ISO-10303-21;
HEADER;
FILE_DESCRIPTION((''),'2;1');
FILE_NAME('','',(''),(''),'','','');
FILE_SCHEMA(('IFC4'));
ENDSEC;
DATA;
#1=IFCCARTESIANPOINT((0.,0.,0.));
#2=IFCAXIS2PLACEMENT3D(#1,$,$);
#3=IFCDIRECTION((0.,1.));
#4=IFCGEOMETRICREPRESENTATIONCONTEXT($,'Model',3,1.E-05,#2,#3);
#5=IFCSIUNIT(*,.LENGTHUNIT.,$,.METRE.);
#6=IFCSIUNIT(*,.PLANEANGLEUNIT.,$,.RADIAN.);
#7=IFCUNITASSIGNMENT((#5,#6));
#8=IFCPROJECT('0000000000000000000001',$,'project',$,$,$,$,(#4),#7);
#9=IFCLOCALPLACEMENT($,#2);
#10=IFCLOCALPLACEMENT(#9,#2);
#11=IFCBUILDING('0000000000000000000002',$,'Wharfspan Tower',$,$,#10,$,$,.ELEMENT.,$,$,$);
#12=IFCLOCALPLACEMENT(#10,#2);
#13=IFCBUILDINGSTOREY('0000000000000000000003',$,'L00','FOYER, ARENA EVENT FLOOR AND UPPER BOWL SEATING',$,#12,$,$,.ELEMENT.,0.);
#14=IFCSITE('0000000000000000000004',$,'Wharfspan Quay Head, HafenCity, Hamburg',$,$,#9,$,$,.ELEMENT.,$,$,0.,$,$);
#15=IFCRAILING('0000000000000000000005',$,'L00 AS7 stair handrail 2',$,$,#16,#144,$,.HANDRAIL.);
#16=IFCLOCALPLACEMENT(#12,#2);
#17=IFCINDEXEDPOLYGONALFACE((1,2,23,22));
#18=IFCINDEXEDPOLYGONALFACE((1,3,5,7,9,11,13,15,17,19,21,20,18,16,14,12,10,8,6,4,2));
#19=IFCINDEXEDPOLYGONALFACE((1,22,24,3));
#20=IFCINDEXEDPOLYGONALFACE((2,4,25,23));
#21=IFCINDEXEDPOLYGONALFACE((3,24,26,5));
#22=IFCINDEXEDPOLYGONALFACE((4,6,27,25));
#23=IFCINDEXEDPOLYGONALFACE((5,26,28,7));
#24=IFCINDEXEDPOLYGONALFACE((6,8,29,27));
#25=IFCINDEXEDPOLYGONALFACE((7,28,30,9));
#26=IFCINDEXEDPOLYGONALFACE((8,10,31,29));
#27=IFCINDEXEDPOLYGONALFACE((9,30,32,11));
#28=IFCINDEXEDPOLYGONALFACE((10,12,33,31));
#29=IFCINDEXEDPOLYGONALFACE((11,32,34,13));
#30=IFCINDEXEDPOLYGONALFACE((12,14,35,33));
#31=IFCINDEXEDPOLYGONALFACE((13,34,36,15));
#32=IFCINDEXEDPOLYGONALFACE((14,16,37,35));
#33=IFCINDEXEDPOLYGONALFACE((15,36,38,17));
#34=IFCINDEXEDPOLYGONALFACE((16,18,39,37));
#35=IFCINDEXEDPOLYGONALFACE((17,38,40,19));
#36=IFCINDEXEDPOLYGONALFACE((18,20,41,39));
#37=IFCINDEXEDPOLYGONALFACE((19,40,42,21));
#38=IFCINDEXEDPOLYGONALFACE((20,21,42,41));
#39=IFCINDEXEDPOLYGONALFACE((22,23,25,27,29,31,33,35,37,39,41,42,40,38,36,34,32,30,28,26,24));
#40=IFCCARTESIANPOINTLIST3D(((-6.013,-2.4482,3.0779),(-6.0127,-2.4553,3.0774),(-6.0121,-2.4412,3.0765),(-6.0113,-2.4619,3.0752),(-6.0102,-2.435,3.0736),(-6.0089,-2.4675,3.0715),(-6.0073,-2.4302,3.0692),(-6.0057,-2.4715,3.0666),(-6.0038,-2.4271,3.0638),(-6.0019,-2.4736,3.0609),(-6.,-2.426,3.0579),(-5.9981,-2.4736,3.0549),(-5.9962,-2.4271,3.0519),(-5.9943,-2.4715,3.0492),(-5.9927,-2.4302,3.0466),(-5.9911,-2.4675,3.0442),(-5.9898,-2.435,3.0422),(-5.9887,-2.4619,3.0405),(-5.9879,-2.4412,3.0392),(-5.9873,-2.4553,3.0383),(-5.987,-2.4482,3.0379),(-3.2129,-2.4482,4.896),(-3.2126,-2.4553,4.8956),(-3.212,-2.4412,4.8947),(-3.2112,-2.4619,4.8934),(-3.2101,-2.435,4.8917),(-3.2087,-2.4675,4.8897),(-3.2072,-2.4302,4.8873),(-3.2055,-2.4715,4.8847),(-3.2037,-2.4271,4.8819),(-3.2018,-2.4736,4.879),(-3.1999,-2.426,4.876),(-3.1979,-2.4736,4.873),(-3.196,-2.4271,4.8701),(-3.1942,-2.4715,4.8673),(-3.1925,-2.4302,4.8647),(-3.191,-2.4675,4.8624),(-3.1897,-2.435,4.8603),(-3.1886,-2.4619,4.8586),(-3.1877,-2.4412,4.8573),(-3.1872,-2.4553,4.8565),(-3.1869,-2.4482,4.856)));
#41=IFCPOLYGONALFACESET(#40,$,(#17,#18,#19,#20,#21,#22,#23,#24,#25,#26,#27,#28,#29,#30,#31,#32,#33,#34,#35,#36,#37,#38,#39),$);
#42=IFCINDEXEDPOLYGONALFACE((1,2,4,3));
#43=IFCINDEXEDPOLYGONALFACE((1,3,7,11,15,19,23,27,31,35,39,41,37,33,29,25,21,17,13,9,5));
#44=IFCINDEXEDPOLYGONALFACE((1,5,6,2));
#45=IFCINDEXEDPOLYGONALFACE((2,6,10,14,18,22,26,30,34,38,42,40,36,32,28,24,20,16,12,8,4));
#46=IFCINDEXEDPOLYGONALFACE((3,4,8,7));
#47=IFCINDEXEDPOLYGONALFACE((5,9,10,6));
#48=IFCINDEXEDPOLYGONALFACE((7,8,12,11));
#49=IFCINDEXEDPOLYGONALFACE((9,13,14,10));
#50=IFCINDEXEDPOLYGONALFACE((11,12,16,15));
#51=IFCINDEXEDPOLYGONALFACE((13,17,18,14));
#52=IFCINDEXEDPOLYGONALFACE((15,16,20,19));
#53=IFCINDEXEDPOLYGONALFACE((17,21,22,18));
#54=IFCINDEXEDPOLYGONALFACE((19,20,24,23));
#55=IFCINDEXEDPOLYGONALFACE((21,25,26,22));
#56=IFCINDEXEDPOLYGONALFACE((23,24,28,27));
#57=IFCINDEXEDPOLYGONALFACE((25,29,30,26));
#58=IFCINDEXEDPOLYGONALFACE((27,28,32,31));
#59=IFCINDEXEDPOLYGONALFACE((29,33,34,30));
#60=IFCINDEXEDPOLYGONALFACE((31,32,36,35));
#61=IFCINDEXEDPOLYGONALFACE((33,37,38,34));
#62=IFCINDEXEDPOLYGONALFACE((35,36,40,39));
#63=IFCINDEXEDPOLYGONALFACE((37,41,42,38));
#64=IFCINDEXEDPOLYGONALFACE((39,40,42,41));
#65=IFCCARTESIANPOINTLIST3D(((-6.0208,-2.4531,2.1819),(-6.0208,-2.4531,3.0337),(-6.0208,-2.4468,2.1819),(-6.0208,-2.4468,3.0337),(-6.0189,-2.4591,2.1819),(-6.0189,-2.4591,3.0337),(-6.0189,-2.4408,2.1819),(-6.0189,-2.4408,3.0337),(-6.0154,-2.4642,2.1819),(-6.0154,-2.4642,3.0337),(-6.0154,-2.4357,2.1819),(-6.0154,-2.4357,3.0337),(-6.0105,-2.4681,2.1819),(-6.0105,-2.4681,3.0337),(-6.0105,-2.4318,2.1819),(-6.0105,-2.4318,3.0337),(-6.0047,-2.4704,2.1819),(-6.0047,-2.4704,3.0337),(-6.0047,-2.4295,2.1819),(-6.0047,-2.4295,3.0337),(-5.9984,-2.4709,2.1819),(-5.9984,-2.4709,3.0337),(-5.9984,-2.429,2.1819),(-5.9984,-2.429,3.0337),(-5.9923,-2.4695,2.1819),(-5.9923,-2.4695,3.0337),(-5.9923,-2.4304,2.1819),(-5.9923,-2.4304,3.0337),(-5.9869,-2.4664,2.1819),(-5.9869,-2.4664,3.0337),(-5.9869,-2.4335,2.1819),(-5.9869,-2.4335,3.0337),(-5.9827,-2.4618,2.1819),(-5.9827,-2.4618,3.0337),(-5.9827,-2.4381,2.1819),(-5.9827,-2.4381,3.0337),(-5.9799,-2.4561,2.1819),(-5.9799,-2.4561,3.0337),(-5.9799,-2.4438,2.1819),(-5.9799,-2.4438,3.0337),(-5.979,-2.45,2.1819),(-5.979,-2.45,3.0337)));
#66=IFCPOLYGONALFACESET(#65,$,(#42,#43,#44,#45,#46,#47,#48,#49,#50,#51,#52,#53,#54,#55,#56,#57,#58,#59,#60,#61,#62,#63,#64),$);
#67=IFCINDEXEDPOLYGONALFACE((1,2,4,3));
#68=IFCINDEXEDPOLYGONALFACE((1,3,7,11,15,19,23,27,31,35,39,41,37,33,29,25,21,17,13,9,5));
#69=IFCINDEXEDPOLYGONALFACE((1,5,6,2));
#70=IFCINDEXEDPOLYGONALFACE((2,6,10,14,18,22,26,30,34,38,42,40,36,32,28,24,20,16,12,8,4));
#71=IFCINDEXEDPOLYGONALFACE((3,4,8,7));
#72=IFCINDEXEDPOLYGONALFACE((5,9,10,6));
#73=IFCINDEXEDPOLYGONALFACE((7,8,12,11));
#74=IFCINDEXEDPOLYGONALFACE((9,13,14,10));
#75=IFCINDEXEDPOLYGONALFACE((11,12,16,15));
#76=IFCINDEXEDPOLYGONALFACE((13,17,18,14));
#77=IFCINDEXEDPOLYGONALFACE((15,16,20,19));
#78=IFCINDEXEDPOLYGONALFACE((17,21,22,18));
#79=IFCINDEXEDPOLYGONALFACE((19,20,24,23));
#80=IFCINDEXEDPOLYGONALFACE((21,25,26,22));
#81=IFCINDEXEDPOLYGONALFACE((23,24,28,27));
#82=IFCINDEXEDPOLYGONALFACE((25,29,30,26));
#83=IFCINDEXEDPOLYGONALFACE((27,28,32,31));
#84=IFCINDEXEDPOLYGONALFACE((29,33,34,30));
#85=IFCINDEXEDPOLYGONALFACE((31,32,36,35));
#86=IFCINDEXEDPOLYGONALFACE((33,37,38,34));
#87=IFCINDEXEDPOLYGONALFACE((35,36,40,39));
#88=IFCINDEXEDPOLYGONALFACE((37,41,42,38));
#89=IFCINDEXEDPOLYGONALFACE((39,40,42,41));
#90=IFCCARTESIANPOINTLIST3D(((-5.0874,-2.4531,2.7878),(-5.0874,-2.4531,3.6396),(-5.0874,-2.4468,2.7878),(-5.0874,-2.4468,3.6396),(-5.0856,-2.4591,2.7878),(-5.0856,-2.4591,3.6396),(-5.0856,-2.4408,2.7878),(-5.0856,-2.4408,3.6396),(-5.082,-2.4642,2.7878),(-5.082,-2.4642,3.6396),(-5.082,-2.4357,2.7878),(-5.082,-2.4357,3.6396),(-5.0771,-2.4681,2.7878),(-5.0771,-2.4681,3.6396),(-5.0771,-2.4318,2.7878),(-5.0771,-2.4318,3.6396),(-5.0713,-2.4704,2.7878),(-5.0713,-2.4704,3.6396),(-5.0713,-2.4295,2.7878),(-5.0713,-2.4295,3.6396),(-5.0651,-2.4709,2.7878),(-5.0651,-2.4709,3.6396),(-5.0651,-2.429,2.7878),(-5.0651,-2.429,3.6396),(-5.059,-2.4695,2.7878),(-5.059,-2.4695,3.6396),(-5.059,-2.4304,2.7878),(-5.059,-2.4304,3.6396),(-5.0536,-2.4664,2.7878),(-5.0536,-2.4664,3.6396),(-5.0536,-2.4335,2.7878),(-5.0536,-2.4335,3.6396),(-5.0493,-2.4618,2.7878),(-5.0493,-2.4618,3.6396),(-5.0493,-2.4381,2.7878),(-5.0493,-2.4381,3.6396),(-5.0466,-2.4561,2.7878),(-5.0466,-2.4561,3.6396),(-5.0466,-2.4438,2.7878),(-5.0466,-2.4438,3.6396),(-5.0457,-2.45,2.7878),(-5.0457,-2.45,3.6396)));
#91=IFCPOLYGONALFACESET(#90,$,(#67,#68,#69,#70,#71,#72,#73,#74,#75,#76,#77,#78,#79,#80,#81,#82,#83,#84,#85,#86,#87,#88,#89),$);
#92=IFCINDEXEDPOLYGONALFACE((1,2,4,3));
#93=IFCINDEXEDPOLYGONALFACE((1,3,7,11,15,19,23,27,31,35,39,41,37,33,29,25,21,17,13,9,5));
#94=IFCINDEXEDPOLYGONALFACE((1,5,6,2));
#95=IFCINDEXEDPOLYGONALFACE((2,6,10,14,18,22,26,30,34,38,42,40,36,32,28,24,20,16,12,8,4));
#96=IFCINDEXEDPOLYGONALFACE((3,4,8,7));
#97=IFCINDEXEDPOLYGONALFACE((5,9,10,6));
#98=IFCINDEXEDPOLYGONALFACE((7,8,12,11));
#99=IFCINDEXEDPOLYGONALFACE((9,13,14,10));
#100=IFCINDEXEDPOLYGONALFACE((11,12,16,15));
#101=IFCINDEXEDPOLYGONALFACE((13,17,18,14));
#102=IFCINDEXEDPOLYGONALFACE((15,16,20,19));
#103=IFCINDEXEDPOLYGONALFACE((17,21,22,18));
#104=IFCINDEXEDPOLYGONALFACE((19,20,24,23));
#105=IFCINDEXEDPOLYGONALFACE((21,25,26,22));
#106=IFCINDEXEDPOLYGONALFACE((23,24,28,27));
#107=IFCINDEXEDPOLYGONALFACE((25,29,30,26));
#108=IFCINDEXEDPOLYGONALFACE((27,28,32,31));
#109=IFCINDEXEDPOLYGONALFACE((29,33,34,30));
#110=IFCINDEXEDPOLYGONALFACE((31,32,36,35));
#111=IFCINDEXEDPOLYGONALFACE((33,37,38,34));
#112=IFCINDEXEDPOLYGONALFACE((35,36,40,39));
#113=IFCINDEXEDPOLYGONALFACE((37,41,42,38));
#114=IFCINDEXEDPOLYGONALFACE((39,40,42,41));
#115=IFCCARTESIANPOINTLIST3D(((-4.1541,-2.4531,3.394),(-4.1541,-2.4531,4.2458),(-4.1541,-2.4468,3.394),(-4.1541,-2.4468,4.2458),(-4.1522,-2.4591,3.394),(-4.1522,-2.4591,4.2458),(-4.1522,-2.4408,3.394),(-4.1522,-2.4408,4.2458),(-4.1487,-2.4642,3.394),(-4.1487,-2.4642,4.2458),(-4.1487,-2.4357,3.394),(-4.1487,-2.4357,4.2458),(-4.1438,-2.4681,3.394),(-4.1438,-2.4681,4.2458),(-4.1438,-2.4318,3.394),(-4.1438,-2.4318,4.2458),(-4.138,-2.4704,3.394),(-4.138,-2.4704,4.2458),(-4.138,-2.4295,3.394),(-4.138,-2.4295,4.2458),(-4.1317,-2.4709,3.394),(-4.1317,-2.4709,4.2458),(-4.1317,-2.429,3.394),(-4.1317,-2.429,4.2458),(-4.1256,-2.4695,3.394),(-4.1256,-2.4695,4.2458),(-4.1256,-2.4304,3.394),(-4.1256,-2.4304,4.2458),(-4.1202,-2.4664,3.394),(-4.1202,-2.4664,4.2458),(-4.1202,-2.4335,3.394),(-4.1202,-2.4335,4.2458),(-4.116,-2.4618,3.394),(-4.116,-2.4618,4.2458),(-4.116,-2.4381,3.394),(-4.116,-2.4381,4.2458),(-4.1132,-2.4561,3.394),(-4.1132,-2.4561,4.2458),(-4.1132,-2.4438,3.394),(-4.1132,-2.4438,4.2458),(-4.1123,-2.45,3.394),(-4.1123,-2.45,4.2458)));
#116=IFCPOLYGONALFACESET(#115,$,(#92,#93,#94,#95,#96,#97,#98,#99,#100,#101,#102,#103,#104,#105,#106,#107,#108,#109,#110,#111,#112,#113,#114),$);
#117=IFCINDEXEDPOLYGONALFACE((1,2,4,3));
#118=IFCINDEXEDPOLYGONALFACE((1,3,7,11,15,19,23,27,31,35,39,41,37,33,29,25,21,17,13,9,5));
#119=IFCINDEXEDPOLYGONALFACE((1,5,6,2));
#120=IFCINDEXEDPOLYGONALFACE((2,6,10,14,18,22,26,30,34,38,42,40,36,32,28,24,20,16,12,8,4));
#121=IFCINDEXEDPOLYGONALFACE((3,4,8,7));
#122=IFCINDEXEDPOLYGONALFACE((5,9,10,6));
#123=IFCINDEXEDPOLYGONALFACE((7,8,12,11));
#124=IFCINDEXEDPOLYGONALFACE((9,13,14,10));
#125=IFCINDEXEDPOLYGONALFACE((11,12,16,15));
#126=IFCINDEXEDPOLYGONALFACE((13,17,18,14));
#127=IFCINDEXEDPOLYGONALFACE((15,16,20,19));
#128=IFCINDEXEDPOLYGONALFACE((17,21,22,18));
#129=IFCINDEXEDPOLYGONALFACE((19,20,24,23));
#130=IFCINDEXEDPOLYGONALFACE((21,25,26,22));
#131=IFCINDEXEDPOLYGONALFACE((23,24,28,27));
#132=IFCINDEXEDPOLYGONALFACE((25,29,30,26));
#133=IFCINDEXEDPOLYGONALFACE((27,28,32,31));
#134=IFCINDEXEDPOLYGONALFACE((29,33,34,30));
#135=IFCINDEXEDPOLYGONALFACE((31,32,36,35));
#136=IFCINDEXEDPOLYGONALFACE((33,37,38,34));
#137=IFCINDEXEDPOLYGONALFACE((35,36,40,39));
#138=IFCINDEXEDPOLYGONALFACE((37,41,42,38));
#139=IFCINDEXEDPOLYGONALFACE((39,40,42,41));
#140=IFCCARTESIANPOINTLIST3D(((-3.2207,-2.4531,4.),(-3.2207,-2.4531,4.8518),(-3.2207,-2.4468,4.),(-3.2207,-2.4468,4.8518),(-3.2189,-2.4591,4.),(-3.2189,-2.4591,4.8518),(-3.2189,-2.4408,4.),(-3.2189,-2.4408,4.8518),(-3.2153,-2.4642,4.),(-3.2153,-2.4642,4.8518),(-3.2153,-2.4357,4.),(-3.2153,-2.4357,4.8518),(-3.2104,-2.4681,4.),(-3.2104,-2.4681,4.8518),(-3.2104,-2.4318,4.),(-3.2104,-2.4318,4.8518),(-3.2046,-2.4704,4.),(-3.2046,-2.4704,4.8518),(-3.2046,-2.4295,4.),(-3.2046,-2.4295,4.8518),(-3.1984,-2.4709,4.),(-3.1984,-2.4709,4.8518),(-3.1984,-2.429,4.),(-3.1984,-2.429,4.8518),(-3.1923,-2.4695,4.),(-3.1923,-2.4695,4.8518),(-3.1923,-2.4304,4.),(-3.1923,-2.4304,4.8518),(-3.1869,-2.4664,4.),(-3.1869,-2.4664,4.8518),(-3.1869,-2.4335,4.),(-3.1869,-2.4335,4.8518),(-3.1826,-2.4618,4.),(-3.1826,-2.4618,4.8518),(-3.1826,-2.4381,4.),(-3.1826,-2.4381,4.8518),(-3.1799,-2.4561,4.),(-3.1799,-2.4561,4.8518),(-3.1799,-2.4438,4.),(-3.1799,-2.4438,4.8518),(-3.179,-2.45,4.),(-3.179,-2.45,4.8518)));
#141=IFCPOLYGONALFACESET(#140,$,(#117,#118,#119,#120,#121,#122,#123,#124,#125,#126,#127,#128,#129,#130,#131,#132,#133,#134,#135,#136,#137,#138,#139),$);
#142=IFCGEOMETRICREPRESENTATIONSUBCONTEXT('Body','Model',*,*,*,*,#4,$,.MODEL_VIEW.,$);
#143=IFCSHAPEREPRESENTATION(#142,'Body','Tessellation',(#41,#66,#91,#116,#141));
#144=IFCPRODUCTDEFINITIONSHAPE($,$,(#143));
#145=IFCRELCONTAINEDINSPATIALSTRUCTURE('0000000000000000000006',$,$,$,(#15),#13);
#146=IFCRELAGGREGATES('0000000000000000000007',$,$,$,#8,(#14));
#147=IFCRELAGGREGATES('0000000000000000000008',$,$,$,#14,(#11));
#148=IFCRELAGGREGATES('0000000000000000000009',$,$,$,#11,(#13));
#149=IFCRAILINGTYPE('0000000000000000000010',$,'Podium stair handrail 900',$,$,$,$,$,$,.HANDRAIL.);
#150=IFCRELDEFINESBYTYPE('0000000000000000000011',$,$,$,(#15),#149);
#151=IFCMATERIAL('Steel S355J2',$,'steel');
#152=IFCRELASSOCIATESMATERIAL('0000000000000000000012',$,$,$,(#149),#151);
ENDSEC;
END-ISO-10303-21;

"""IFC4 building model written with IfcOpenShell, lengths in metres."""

from ifc_helpers import new_model, si_unit, direction, frame, origin, origin_2d, place, context, subcontext, project, spatial, circle, extrude, material, type_object, element, save


model = new_model("IFC4")

# Units and contexts
model_context = context("Model", 3, precision=1e-05, world=origin(), true_north=direction((0.0, 1.0)))
body_context = subcontext(model_context, "Body", "Model", "MODEL_VIEW")
ifc_project = project(units=[si_unit("LENGTHUNIT", "METRE"), si_unit("PLANEANGLEUNIT", "RADIAN")], contexts=[model_context])

# Site, building, storey
site_placement = place(None, origin())
site = spatial("IfcSite", under=ifc_project, at=site_placement, Name="Wharfspan Quay Head, HafenCity, Hamburg", CompositionType="ELEMENT", RefElevation=0.0)
building_placement = place(site_placement, origin())
building = spatial("IfcBuilding", under=site, at=building_placement, Name="Wharfspan Tower", CompositionType="ELEMENT")
storey_placement = place(building_placement, origin())
storey = spatial("IfcBuildingStorey", under=building, at=storey_placement, Name="L00", Description="FOYER, ARENA EVENT FLOOR AND UPPER BOWL SEATING", CompositionType="ELEMENT", Elevation=0.0)

# Shared definitions
ifc_material_1 = material(Name="Steel S355J2", Category="steel")

# Railing
railing_type_1 = type_object("IfcRailingType", Name="Podium stair handrail 900", PredefinedType="HANDRAIL", material=ifc_material_1)
for number, where, name in (
    (1, (-6.0, -2.45, 2.1819), "L00 AS7 stair handrail 2"),
):
    element("IfcRailing", number, at=place(storey_placement, frame(where)), inside=storey, type_object=railing_type_1, Name=name, PredefinedType="HANDRAIL", context=body_context, shape_type="SweptSolid", body=[
        extrude(circle(Radius=0.0239, at=origin_2d()), frame((0.0, 0.0, 0.876), z_axis=(0.838706, 0.0, 0.544585), x_axis=(0.0, 1.0, 0.0)), (0.0, 0.0, 1.0), 3.3386),
        extrude(circle(Radius=0.021, at=origin_2d()), origin(), (0.0, 0.0, 1.0), 0.8518),
        extrude(circle(Radius=0.021, at=origin_2d()), frame((0.9334, 0.0, 0.606)), (0.0, 0.0, 1.0), 0.8518),
        extrude(circle(Radius=0.021, at=origin_2d()), frame((1.8667, 0.0, 1.2122)), (0.0, 0.0, 1.0), 0.8518),
        extrude(circle(Radius=0.021, at=origin_2d()), frame((2.8, 0.0, 1.8181)), (0.0, 0.0, 1.0), 0.8518),
    ])

save(model, "model.ifc")
